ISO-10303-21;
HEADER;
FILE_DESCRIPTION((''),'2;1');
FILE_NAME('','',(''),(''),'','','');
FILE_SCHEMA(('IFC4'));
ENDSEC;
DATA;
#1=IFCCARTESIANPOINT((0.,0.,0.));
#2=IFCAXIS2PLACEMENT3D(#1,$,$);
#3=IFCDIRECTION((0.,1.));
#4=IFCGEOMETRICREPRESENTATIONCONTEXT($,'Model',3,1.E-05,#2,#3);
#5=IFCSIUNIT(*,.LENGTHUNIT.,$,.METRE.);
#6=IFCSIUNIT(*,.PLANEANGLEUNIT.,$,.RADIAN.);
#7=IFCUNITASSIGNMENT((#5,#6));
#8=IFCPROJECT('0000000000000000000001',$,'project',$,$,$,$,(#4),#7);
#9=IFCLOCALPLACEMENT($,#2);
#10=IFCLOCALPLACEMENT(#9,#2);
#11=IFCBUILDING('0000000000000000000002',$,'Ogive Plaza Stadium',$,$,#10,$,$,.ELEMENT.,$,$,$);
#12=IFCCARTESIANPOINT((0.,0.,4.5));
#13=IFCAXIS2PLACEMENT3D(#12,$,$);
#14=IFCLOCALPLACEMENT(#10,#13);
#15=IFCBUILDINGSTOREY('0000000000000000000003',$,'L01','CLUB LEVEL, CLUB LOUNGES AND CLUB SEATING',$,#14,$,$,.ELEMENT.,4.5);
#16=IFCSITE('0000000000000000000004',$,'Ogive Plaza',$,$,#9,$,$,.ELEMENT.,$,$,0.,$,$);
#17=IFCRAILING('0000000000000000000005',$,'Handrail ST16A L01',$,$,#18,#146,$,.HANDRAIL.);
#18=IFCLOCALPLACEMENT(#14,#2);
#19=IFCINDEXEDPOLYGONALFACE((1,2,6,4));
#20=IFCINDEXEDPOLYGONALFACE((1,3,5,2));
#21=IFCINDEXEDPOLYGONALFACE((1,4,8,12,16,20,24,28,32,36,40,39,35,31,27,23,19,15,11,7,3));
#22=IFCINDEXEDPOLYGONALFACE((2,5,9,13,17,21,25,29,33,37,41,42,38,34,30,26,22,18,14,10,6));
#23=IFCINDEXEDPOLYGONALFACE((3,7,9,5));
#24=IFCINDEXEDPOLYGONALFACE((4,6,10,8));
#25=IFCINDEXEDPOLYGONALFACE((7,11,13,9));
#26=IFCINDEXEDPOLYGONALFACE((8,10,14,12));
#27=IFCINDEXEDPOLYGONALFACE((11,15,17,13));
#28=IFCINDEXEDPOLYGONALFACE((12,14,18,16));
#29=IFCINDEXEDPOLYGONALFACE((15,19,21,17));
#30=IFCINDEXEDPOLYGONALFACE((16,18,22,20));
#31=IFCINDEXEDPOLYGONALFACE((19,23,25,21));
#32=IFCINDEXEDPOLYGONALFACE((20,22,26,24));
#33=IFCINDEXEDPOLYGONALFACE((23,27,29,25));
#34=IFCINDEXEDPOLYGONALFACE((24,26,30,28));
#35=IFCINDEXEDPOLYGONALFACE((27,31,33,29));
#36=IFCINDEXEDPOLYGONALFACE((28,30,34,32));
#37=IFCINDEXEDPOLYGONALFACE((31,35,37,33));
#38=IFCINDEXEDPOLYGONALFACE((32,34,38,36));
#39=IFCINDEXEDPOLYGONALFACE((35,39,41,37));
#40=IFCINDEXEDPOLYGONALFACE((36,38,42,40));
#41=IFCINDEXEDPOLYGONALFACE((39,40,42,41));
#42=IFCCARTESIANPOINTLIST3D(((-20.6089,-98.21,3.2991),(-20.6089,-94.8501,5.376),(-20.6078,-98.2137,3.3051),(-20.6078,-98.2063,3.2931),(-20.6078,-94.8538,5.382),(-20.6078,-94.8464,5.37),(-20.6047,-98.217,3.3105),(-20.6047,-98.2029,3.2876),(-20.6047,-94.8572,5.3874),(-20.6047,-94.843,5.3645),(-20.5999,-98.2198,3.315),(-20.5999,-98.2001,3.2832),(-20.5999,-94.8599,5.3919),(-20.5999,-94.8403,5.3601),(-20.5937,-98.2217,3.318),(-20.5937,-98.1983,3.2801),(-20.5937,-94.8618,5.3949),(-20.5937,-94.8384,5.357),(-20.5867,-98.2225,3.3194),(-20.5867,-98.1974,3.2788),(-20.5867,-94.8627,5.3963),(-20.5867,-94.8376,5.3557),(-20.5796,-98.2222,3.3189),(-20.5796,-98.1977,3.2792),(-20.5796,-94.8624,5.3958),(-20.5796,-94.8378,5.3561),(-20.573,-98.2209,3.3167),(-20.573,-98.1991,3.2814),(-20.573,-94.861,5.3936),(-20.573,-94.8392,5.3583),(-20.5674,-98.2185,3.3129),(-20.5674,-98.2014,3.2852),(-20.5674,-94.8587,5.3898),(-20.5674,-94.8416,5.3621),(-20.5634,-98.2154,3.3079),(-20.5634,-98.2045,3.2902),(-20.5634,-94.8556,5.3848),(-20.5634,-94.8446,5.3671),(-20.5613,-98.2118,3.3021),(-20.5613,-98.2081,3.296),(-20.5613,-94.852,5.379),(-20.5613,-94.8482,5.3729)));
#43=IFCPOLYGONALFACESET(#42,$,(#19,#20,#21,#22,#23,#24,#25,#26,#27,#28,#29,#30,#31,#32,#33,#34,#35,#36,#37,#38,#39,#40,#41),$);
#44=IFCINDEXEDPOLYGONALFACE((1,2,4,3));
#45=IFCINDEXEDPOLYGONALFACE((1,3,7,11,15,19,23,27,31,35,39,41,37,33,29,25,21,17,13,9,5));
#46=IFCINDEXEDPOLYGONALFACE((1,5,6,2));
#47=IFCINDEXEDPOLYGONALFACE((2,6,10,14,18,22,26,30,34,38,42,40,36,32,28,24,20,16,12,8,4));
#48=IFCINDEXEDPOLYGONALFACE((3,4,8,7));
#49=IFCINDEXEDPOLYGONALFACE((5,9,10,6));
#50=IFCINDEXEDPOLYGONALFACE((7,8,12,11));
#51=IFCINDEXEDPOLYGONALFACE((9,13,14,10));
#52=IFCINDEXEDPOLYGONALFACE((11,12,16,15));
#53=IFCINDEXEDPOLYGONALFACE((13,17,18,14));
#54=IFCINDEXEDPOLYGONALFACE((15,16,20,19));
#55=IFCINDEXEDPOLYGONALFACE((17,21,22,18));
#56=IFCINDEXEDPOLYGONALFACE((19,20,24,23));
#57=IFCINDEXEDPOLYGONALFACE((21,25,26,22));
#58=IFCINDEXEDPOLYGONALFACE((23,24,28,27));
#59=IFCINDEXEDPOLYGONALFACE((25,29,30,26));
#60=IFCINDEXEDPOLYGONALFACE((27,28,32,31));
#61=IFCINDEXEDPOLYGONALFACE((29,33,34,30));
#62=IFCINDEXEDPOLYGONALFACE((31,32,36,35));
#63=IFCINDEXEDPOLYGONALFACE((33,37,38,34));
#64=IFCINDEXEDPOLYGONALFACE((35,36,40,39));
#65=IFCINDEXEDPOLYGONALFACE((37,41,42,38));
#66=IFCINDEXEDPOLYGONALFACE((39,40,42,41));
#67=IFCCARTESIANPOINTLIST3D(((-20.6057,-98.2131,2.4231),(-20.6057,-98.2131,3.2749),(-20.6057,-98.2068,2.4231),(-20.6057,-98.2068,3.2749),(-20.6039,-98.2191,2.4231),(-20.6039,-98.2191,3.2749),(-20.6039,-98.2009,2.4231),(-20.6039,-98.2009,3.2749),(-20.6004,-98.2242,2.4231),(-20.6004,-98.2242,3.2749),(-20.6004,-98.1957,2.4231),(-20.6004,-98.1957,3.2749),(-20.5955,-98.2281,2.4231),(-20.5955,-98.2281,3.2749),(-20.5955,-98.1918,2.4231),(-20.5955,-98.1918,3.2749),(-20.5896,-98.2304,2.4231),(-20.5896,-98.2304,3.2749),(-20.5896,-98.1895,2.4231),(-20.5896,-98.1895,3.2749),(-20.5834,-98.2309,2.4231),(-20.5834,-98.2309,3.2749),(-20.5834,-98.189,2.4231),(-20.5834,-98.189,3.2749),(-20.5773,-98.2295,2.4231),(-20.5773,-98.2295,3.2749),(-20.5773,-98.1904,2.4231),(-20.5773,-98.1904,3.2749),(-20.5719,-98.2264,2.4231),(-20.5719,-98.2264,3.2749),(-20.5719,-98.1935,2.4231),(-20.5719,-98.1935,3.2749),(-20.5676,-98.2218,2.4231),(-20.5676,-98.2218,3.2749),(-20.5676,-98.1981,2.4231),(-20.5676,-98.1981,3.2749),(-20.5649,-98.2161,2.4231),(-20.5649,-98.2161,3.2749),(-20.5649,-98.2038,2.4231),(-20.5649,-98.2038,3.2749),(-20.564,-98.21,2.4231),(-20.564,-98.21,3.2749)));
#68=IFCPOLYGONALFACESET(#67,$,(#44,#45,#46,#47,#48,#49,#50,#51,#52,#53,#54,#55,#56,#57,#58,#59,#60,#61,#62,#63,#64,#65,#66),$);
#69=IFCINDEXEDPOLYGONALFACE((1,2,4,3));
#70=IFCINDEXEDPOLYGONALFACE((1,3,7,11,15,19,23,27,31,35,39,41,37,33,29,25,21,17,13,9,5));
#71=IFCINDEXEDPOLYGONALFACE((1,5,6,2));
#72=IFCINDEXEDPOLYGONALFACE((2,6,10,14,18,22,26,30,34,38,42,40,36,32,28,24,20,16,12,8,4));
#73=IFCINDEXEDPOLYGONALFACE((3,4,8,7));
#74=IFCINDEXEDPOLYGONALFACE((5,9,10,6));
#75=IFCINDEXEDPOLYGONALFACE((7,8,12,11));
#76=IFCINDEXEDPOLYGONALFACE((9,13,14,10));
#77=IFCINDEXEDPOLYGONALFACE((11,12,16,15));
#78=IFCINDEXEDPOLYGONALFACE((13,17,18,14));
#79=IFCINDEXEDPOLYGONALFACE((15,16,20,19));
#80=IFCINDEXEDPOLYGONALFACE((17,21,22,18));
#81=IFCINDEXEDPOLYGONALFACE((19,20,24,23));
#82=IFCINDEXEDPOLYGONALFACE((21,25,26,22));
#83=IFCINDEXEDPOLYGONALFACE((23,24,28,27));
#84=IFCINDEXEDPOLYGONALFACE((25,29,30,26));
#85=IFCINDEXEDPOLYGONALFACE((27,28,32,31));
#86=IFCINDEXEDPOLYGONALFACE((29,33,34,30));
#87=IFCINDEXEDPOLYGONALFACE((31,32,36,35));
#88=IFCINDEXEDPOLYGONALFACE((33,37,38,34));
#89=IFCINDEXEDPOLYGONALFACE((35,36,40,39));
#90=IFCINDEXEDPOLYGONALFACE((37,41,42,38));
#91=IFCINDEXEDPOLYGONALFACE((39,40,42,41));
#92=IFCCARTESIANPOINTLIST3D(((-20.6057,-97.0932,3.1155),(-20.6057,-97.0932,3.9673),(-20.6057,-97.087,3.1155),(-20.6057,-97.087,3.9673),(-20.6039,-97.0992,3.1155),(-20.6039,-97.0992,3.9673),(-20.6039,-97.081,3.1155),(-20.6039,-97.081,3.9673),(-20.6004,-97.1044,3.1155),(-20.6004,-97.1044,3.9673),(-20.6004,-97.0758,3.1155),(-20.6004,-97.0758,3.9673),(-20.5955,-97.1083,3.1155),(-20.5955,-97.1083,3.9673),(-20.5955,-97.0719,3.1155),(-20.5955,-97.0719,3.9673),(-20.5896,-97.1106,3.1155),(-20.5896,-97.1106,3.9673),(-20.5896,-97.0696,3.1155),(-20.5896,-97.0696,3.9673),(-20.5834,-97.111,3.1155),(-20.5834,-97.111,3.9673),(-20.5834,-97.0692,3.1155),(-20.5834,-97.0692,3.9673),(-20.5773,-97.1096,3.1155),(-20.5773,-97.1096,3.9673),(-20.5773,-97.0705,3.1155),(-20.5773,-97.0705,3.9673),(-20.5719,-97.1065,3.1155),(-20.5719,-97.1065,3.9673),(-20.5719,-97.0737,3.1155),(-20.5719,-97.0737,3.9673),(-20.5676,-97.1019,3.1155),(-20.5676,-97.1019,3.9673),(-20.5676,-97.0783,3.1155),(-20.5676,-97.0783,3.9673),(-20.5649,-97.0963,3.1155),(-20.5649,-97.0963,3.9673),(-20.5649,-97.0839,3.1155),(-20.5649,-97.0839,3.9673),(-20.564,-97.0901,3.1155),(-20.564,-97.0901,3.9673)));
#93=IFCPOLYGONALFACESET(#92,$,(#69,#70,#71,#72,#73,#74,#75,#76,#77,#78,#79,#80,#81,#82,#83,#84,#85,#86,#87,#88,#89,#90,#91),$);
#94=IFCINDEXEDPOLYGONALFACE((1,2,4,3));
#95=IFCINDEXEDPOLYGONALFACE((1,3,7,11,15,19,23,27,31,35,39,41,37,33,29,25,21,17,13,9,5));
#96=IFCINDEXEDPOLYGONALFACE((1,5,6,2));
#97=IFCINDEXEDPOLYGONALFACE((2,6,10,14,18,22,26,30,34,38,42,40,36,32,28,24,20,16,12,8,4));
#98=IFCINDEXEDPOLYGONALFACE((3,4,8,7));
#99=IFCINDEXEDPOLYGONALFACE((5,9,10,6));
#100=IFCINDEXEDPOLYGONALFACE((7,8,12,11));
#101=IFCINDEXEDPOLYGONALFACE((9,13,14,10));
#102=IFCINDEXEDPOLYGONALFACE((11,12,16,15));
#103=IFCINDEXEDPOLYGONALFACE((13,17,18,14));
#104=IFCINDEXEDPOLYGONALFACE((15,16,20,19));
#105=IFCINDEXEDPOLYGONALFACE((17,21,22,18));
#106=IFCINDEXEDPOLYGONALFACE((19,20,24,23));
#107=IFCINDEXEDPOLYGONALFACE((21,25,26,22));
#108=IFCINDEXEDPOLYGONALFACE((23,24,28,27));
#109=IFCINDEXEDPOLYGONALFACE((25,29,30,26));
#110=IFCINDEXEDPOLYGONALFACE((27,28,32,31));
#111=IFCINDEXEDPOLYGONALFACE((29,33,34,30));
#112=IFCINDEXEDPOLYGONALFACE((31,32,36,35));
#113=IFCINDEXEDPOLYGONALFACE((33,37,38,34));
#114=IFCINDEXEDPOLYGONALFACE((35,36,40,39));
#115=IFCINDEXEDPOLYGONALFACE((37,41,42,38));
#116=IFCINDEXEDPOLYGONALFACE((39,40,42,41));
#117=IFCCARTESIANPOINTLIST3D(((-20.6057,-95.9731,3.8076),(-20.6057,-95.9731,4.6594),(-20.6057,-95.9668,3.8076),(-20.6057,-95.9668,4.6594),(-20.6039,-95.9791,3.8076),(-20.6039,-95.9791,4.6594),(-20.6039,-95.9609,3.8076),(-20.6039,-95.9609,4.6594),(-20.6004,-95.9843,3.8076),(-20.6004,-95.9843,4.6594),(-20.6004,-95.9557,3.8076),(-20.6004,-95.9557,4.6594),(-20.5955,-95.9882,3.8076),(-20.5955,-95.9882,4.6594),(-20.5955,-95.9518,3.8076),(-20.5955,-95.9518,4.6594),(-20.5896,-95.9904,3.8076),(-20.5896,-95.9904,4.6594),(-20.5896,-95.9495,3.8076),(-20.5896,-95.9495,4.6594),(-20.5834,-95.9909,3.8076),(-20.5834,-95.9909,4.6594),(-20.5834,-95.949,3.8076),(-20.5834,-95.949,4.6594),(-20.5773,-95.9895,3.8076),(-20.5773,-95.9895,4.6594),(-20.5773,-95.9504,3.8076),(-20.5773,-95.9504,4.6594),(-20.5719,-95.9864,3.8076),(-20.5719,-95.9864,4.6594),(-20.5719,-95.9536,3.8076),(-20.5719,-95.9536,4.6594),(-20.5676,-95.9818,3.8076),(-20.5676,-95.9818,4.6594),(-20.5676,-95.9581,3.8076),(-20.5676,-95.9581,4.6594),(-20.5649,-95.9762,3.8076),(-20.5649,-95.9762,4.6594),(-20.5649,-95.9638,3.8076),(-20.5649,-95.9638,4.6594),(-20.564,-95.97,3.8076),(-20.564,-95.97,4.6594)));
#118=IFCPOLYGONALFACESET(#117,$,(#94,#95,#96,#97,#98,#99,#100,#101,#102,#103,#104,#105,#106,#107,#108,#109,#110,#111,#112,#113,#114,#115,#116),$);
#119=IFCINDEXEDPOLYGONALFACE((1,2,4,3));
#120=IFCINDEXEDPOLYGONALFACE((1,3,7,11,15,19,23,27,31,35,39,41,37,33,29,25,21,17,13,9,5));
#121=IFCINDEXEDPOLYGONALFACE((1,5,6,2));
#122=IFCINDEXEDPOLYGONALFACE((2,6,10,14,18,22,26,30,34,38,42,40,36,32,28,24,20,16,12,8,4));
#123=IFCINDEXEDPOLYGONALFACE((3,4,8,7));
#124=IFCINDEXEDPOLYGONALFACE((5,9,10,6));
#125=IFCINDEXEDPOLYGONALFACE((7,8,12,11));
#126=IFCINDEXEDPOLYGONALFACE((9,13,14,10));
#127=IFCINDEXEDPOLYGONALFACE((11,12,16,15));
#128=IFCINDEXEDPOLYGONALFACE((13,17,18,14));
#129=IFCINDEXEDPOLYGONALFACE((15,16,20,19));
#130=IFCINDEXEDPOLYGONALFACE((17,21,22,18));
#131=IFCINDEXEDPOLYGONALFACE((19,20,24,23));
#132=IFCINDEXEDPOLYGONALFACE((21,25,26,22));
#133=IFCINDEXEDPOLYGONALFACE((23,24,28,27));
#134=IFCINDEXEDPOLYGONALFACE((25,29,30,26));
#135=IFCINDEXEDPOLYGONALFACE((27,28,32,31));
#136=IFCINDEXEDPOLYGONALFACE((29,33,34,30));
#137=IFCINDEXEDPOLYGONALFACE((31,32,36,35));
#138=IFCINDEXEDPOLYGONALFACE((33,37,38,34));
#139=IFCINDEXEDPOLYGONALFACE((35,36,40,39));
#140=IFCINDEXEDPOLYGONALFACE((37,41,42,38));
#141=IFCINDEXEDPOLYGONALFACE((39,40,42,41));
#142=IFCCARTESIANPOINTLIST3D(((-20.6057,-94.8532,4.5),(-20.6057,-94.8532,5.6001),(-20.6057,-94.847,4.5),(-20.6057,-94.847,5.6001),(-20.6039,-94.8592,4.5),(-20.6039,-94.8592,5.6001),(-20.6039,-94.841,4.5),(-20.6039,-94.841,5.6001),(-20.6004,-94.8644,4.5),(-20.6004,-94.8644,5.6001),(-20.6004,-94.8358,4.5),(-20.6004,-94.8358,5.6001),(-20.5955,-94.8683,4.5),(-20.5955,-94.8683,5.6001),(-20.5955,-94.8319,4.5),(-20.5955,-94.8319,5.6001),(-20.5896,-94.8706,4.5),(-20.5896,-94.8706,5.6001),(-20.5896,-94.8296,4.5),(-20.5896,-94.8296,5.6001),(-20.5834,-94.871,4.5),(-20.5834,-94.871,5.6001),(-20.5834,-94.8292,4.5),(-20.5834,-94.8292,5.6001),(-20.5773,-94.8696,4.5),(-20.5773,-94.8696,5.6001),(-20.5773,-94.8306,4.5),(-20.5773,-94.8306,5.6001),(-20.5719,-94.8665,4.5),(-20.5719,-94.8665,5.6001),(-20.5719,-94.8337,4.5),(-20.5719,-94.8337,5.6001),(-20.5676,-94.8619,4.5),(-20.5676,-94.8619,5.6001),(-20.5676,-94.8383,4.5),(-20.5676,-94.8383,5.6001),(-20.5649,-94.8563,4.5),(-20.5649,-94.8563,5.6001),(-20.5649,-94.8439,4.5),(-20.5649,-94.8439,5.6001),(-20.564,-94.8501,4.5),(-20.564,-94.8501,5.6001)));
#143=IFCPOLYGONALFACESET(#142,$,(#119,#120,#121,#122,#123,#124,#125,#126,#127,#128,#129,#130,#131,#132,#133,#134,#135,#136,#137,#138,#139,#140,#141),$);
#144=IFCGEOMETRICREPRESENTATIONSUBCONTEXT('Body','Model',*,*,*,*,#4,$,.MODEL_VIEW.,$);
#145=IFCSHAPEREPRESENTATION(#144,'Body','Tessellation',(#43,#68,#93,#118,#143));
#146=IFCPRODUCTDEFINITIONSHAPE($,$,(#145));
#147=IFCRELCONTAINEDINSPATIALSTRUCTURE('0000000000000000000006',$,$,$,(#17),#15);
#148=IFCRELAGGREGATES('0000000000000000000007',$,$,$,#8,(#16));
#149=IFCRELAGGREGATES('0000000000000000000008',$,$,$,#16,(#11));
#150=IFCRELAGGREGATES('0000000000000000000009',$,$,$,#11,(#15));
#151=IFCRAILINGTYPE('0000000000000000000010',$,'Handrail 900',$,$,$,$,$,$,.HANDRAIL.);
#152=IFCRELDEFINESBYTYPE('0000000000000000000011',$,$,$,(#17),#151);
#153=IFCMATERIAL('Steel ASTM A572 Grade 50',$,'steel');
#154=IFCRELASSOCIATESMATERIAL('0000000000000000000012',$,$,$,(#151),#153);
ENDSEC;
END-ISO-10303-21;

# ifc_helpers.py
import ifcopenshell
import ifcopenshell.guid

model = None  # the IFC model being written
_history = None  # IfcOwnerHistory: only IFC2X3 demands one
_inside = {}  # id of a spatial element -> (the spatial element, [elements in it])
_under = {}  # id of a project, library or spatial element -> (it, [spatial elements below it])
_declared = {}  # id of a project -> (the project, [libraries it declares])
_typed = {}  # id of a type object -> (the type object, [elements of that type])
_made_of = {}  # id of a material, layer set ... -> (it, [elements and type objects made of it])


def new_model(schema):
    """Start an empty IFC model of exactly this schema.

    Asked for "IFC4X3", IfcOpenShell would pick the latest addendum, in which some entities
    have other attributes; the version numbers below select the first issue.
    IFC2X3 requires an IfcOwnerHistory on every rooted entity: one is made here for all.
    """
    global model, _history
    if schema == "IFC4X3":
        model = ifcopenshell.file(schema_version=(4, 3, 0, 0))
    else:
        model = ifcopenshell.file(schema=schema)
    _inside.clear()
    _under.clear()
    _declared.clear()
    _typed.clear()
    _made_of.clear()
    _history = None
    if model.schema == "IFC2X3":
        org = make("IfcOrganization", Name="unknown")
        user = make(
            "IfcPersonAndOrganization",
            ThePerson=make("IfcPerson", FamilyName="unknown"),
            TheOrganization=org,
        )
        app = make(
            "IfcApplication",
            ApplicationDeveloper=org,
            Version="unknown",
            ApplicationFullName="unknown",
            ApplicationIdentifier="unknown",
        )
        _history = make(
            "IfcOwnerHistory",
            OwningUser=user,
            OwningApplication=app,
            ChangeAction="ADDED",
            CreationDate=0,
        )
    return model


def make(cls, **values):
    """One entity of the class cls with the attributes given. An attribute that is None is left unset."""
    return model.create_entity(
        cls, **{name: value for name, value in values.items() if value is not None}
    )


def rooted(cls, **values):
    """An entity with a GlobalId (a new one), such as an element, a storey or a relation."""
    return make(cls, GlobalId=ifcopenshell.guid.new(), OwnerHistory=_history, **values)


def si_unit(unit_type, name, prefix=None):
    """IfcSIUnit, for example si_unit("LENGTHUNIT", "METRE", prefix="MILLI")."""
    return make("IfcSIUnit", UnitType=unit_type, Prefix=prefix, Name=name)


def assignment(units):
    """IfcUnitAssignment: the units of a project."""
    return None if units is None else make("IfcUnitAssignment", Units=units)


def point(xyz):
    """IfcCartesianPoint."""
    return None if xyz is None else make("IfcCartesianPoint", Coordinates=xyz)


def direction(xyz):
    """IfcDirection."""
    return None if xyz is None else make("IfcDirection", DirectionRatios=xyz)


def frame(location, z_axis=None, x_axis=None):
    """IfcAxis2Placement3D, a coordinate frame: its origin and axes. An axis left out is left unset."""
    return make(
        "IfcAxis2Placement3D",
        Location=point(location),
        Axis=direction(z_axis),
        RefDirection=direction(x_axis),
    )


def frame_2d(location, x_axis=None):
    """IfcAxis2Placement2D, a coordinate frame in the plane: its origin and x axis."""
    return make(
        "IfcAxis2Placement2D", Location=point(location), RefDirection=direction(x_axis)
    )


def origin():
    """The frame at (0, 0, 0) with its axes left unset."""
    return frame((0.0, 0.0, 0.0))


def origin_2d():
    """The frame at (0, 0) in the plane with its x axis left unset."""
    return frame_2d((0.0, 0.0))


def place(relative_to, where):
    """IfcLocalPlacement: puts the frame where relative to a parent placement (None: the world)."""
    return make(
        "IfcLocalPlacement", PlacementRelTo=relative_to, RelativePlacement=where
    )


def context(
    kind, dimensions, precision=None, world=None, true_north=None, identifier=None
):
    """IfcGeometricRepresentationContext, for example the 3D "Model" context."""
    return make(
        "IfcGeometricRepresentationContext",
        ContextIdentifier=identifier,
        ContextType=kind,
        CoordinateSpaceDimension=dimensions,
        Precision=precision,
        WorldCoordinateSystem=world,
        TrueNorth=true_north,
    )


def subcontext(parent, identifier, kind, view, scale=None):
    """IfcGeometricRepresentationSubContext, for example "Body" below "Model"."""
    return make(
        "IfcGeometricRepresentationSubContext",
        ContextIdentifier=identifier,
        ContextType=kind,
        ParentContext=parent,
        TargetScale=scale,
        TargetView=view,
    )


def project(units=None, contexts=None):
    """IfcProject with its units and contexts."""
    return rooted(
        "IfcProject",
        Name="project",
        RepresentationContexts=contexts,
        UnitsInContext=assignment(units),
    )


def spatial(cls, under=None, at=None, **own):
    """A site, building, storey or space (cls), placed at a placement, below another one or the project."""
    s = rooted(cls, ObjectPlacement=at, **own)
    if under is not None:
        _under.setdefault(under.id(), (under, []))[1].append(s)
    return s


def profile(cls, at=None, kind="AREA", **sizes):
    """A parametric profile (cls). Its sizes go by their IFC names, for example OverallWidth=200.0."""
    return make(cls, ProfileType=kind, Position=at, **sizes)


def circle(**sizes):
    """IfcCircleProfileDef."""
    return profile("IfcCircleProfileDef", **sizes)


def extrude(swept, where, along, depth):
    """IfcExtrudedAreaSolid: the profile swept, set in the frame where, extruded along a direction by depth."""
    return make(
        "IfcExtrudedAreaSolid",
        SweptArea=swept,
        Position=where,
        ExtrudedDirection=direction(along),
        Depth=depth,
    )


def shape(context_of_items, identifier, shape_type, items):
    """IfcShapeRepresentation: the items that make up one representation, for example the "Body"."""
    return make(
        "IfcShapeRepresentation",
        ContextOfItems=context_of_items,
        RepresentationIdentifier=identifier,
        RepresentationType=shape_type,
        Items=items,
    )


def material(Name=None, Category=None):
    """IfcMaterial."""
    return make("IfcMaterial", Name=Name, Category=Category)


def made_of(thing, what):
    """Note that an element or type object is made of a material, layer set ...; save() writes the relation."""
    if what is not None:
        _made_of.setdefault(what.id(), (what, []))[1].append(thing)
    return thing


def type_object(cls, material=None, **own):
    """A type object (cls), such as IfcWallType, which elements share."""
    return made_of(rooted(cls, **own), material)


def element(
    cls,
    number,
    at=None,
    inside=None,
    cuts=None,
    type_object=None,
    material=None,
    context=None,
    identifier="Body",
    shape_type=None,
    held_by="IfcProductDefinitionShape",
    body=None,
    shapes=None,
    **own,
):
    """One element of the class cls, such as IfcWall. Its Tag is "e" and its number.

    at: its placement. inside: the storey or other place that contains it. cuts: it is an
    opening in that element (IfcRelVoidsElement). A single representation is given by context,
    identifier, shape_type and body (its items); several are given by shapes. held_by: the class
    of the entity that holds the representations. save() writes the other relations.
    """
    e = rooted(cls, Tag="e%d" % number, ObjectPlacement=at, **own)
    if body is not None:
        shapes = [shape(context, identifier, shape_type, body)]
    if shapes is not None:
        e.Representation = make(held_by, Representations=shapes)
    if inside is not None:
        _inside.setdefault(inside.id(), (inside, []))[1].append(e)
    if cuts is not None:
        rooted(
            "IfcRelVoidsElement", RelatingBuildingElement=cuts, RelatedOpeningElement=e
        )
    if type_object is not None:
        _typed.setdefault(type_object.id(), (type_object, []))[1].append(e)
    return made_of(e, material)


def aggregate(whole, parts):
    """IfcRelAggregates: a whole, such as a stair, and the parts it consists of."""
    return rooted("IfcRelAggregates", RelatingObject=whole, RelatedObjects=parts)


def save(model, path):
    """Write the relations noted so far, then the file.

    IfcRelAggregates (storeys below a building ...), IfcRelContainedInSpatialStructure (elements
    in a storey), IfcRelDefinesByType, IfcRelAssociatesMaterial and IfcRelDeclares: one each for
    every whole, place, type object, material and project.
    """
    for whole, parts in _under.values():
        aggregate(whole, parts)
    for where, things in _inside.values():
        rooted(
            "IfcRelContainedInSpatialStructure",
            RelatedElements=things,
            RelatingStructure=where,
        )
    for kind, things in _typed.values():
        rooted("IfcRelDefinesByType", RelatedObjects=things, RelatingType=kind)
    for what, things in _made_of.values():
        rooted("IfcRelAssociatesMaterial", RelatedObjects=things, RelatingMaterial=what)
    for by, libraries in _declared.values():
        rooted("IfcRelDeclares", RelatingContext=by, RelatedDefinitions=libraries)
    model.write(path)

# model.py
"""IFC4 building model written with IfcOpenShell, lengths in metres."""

from ifc_helpers import new_model, si_unit, direction, frame, origin, origin_2d, place, context, subcontext, project, spatial, circle, extrude, material, type_object, element, save


model = new_model("IFC4")

# Units and contexts
model_context = context("Model", 3, precision=1e-05, world=origin(), true_north=direction((0.0, 1.0)))
body_context = subcontext(model_context, "Body", "Model", "MODEL_VIEW")
ifc_project = project(units=[si_unit("LENGTHUNIT", "METRE"), si_unit("PLANEANGLEUNIT", "RADIAN")], contexts=[model_context])

# Site, building, storey
site_placement = place(None, origin())
site = spatial("IfcSite", under=ifc_project, at=site_placement, Name="Ogive Plaza", CompositionType="ELEMENT", RefElevation=0.0)
building_placement = place(site_placement, origin())
building = spatial("IfcBuilding", under=site, at=building_placement, Name="Ogive Plaza Stadium", CompositionType="ELEMENT")
storey_placement = place(building_placement, frame((0.0, 0.0, 4.5)))
storey = spatial("IfcBuildingStorey", under=building, at=storey_placement, Name="L01", Description="CLUB LEVEL, CLUB LOUNGES AND CLUB SEATING", CompositionType="ELEMENT", Elevation=4.5)

# Railing
ifc_material_1 = material(Name="Steel ASTM A572 Grade 50", Category="steel")
railing_type_1 = type_object("IfcRailingType", Name="Handrail 900", PredefinedType="HANDRAIL", material=ifc_material_1)
for number, where, name in (
    (1, (-20.585, -98.21, 2.4231), "Handrail ST16A L01"),
):
    element("IfcRailing", number, at=place(storey_placement, frame(where)), inside=storey, type_object=railing_type_1, Name=name, PredefinedType="HANDRAIL", context=body_context, shape_type="SweptSolid", body=[
        extrude(circle(Radius=0.0239, at=origin_2d()), frame((0.0, 0.0, 0.876), z_axis=(0.0, 0.850606, 0.525803), x_axis=(-1.0, 0.0, 0.0)), (0.0, 0.0, 1.0), 3.95),
        extrude(circle(Radius=0.021, at=origin_2d()), origin(), (0.0, 0.0, 1.0), 0.8518),
        extrude(circle(Radius=0.021, at=origin_2d()), frame((0.0, 1.1199, 0.6924)), (0.0, 0.0, 1.0), 0.8518),
        extrude(circle(Radius=0.021, at=origin_2d()), frame((0.0, 2.24, 1.3845)), (0.0, 0.0, 1.0), 0.8518),
        extrude(circle(Radius=0.021, at=origin_2d()), frame((0.0, 3.3599, 2.0769)), (0.0, 0.0, 1.0), 1.1001),
    ])

save(model, "model.ifc")
